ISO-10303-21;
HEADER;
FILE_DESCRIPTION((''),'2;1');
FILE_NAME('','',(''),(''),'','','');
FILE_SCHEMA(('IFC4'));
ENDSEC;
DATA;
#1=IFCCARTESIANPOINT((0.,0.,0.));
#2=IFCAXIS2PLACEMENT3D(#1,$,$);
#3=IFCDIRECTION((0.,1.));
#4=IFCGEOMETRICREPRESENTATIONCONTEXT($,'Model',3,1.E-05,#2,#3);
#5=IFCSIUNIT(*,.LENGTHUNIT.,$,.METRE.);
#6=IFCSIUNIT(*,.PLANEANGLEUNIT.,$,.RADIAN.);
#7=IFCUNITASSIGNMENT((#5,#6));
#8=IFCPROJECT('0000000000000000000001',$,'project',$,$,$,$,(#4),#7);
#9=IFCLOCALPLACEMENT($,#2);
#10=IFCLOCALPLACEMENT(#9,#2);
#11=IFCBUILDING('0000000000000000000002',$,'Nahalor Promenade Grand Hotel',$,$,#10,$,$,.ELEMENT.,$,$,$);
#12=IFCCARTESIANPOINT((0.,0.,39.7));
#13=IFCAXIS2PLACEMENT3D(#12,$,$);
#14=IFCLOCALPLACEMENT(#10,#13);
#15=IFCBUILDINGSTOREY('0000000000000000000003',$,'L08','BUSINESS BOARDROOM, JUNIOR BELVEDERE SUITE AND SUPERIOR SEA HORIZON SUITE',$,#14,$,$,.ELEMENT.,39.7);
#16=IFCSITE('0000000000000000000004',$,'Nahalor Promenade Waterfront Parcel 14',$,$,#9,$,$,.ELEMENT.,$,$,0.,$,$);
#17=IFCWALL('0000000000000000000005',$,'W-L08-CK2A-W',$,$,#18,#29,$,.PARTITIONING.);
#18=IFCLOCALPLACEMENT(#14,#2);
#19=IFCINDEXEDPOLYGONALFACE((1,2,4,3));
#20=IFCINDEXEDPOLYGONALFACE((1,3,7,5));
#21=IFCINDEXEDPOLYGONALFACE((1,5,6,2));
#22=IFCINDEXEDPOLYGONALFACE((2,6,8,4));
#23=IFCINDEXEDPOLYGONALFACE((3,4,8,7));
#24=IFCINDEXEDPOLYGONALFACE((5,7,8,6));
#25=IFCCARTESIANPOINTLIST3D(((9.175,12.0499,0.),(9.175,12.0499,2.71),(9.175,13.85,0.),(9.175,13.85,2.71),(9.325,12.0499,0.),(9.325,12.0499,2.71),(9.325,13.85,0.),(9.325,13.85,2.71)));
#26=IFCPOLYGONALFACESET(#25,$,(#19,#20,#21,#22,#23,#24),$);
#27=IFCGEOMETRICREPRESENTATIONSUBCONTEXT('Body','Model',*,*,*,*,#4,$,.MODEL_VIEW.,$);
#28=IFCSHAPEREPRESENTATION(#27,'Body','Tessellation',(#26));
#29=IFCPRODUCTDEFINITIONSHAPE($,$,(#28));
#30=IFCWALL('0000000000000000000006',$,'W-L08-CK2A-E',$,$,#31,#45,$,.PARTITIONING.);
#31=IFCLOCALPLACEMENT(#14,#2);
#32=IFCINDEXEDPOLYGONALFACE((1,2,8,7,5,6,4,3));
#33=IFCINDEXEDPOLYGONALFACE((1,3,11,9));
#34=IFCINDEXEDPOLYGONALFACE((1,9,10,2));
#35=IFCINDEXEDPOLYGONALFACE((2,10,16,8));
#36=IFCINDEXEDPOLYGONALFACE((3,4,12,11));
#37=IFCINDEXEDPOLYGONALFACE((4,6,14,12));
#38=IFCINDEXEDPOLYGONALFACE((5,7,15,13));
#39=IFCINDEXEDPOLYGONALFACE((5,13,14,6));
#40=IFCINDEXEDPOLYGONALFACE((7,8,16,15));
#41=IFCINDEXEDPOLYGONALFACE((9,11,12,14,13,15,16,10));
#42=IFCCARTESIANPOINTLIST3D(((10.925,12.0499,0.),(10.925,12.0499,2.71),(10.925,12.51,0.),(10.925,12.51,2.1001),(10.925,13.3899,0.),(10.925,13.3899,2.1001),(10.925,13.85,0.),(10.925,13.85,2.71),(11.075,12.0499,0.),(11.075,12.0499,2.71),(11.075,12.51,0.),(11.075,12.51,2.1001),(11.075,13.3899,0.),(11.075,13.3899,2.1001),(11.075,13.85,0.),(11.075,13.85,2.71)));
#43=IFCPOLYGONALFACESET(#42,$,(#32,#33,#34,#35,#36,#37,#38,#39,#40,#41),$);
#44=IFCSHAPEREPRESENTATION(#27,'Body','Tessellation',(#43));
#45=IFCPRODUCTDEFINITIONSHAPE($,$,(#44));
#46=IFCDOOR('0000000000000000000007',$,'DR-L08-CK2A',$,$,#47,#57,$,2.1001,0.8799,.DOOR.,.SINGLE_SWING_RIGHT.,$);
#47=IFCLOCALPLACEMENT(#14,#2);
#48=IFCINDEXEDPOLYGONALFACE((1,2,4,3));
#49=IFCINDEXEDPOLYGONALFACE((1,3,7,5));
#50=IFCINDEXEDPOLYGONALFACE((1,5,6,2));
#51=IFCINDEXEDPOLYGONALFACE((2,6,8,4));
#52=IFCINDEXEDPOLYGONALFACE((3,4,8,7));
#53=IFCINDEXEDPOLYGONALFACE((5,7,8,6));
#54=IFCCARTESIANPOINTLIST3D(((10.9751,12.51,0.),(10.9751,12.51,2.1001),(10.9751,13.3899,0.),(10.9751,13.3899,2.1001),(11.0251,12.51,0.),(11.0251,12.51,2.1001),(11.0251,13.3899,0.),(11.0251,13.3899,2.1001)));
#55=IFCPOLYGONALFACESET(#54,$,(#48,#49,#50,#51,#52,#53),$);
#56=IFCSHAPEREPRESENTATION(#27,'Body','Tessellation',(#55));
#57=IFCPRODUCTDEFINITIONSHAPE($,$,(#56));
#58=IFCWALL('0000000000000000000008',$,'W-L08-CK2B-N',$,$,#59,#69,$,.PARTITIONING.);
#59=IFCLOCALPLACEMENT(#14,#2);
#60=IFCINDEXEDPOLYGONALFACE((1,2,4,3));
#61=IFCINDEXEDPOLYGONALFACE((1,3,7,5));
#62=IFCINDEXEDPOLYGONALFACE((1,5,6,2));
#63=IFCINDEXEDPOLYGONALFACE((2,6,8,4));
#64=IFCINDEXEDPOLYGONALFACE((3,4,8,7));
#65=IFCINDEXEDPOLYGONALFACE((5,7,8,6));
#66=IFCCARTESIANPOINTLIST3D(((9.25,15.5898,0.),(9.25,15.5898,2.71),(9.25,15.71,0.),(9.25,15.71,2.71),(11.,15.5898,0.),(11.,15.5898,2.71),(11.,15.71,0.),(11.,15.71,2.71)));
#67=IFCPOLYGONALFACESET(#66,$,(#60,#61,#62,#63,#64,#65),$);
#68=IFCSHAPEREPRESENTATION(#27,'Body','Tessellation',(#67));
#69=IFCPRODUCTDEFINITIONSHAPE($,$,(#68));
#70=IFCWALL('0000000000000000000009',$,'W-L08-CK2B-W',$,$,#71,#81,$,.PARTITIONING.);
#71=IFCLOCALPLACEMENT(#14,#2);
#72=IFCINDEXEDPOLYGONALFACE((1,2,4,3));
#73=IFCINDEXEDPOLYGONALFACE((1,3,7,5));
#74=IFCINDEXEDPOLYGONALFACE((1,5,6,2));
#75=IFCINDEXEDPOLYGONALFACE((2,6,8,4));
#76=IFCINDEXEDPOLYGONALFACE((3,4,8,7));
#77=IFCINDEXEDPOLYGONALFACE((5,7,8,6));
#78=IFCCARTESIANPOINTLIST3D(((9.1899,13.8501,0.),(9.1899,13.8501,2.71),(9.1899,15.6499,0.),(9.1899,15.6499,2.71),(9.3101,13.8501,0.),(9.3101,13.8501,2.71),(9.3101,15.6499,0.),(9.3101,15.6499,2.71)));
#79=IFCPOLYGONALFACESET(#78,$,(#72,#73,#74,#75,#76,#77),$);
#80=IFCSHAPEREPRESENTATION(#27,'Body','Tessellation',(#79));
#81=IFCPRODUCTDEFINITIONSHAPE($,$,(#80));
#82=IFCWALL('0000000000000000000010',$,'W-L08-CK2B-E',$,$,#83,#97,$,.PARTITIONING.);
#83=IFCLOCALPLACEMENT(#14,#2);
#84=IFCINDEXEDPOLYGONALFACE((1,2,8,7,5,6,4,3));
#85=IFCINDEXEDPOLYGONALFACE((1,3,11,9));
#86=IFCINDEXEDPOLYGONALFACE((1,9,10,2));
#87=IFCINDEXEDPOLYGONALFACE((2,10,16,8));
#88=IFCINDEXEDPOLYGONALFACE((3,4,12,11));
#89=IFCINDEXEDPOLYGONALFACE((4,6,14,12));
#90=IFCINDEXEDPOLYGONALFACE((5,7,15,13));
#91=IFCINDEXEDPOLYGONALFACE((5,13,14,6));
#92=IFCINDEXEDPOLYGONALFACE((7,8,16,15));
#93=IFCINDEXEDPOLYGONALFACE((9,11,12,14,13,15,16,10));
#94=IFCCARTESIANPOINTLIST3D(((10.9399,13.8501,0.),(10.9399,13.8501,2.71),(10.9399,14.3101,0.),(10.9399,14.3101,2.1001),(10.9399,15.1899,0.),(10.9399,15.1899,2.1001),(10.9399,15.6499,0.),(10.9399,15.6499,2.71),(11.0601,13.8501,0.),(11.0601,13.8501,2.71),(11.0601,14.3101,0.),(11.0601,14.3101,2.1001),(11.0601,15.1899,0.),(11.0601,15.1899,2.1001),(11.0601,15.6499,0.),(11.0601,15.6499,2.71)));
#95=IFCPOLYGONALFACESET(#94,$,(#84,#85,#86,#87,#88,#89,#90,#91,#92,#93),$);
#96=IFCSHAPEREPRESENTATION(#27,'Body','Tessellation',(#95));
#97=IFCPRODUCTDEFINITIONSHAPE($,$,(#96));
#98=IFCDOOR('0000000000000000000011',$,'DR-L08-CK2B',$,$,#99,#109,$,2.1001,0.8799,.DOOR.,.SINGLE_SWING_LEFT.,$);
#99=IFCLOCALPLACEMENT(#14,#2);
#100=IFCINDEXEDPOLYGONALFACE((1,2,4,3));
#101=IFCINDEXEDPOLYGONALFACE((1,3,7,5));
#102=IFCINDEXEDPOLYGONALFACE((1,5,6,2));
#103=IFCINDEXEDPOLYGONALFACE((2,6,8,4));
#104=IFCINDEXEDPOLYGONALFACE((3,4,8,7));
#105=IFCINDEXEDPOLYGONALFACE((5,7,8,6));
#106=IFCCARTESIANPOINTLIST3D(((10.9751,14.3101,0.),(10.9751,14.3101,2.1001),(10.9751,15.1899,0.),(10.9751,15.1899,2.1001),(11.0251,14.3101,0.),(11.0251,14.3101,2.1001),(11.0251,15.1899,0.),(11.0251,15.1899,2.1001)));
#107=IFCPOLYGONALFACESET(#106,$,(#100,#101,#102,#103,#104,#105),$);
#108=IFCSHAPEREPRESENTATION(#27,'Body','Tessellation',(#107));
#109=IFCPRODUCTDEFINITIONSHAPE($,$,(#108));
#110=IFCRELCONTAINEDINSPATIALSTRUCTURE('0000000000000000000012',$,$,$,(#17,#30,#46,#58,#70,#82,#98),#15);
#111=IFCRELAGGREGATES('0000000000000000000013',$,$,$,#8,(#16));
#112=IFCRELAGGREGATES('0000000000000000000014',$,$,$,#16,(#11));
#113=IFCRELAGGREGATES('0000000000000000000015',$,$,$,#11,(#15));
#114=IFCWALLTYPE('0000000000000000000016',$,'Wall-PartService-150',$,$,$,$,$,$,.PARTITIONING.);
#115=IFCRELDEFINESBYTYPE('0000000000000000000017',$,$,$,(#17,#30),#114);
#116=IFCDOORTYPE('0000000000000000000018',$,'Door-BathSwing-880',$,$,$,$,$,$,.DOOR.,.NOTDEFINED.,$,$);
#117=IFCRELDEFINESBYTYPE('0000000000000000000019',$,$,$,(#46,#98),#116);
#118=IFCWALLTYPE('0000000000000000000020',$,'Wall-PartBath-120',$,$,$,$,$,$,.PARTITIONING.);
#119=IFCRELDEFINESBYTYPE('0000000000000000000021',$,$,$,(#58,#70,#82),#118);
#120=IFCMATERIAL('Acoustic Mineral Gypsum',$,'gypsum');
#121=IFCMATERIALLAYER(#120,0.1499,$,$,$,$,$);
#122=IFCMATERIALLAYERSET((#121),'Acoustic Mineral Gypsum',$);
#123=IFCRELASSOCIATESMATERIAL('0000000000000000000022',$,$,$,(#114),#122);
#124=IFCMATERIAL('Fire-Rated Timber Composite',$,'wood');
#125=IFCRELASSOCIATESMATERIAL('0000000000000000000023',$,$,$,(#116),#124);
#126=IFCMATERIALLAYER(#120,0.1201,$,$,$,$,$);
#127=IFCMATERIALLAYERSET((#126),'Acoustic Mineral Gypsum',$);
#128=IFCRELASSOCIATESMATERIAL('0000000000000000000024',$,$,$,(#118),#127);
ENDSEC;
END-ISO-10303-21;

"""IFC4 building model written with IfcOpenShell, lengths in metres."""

from ifc_helpers import new_model, si_unit, direction, frame, frame_2d, origin, place, context, subcontext, project, spatial, rectangle, extrude, source, transform, mapped, material, layer, layer_set, type_object, element, fill, save


model = new_model("IFC4")

# Units and contexts
model_context = context("Model", 3, precision=1e-05, world=origin(), true_north=direction((0.0, 1.0)))
body_context = subcontext(model_context, "Body", "Model", "MODEL_VIEW")
ifc_project = project(units=[si_unit("LENGTHUNIT", "METRE"), si_unit("PLANEANGLEUNIT", "RADIAN")], contexts=[model_context])

# Site, building, storey
site_placement = place(None, origin())
site = spatial("IfcSite", under=ifc_project, at=site_placement, Name="Nahalor Promenade Waterfront Parcel 14", CompositionType="ELEMENT", RefElevation=0.0)
building_placement = place(site_placement, origin())
building = spatial("IfcBuilding", under=site, at=building_placement, Name="Nahalor Promenade Grand Hotel", CompositionType="ELEMENT")
storey_placement = place(building_placement, frame((0.0, 0.0, 39.7)))
storey = spatial("IfcBuildingStorey", under=building, at=storey_placement, Name="L08", Description="BUSINESS BOARDROOM, JUNIOR BELVEDERE SUITE AND SUPERIOR SEA HORIZON SUITE", CompositionType="ELEMENT", Elevation=39.7)

# Wall
ifc_material_1 = material(Name="Acoustic Mineral Gypsum", Category="gypsum")
ifc_layer_1 = layer(ifc_material_1, 0.1499)
ifc_layer_set_1 = layer_set([ifc_layer_1], Name="Acoustic Mineral Gypsum")
wall_type_1 = type_object("IfcWallType", Name="Wall-PartService-150", PredefinedType="PARTITIONING", material=ifc_layer_set_1)
shared_shape_1 = source(origin(), body_context, "Body", "SweptSolid", [
    extrude(rectangle(XDim=1.8, YDim=0.1499, at=frame_2d((0.8999, 0.0))), origin(), (0.0, 0.0, 1.0), 2.71),
])
wall_1_placement = place(storey_placement, frame((9.25, 12.05, 0.0), z_axis=(0.0, 0.0, 1.0), x_axis=(0.0, 1.0, 0.0)))
element("IfcWall", 1, at=wall_1_placement, inside=storey, type_object=wall_type_1, Name="W-L08-CK2A-W", PredefinedType="PARTITIONING", context=body_context, shape_type="MappedRepresentation", body=[
    mapped(shared_shape_1, transform((0.0, 0.0, 0.0), scale=1.0)),
])

# Wall, opening, door
wall_2_placement = place(storey_placement, frame((11.0, 12.05, 0.0), z_axis=(0.0, 0.0, 1.0), x_axis=(0.0, 1.0, 0.0)))
wall_2 = element("IfcWall", 2, at=wall_2_placement, inside=storey, type_object=wall_type_1, Name="W-L08-CK2A-E", PredefinedType="PARTITIONING", context=body_context, shape_type="MappedRepresentation", body=[
    mapped(shared_shape_1, transform((0.0, 0.0, 0.0), scale=1.0)),
])
opening_1_placement = place(wall_2_placement, frame((0.46, 0.0, 0.0)))
opening_1 = element("IfcOpeningElement", 3, at=opening_1_placement, cuts=wall_2, PredefinedType="OPENING", context=body_context, shape_type="SweptSolid", body=[
    extrude(rectangle(XDim=0.8799, YDim=2.1001, at=frame_2d((0.4399, 1.05))), frame((0.0, 0.085, 0.0), z_axis=(0.0, -1.0, 0.0), x_axis=(1.0, 0.0, 0.0)), (0.0, 0.0, 1.0), 0.1699),
])
ifc_material_2 = material(Name="Fire-Rated Timber Composite", Category="wood")
door_type_1 = type_object("IfcDoorType", Name="Door-BathSwing-880", OperationType="NOTDEFINED", PredefinedType="DOOR", material=ifc_material_2)
shared_shape_2 = source(origin(), body_context, "Body", "SweptSolid", [
    extrude(rectangle(XDim=0.8799, YDim=2.1001, at=frame_2d((0.4399, 1.05))), frame((0.0, 0.0249, 0.0), z_axis=(0.0, -1.0, 0.0), x_axis=(1.0, 0.0, 0.0)), (0.0, 0.0, 1.0), 0.05),
])
door_1_placement = place(opening_1_placement, origin())
door_1 = element("IfcDoor", 4, at=door_1_placement, inside=storey, type_object=door_type_1, Name="DR-L08-CK2A", OperationType="SINGLE_SWING_RIGHT", OverallHeight=2.1001, OverallWidth=0.8799, PredefinedType="DOOR", context=body_context, shape_type="MappedRepresentation", body=[
    mapped(shared_shape_2, transform((0.0, 0.0, 0.0), scale=1.0)),
])
fill(opening_1, door_1)

# Walls
ifc_layer_2 = layer(ifc_material_1, 0.1201)
ifc_layer_set_2 = layer_set([ifc_layer_2], Name="Acoustic Mineral Gypsum")
wall_type_2 = type_object("IfcWallType", Name="Wall-PartBath-120", PredefinedType="PARTITIONING", material=ifc_layer_set_2)
shared_shape_3 = source(origin(), body_context, "Body", "SweptSolid", [
    extrude(rectangle(XDim=1.75, YDim=0.1201, at=frame_2d((0.875, 0.0))), origin(), (0.0, 0.0, 1.0), 2.71),
])
wall_3_placement = place(storey_placement, frame((9.25, 15.6499, 0.0), z_axis=(0.0, 0.0, 1.0), x_axis=(1.0, 0.0, 0.0)))
element("IfcWall", 5, at=wall_3_placement, inside=storey, type_object=wall_type_2, Name="W-L08-CK2B-N", PredefinedType="PARTITIONING", context=body_context, shape_type="MappedRepresentation", body=[
    mapped(shared_shape_3, transform((0.0, 0.0, 0.0), scale=1.0)),
])
shared_shape_4 = source(origin(), body_context, "Body", "SweptSolid", [
    extrude(rectangle(XDim=1.7998, YDim=0.1201, at=frame_2d((0.8999, 0.0))), origin(), (0.0, 0.0, 1.0), 2.71),
])
wall_4_placement = place(storey_placement, frame((9.25, 13.8501, 0.0), z_axis=(0.0, 0.0, 1.0), x_axis=(0.0, 1.0, 0.0)))
element("IfcWall", 6, at=wall_4_placement, inside=storey, type_object=wall_type_2, Name="W-L08-CK2B-W", PredefinedType="PARTITIONING", context=body_context, shape_type="MappedRepresentation", body=[
    mapped(shared_shape_4, transform((0.0, 0.0, 0.0), scale=1.0)),
])

# Wall, opening, door
wall_5_placement = place(storey_placement, frame((11.0, 13.8501, 0.0), z_axis=(0.0, 0.0, 1.0), x_axis=(0.0, 1.0, 0.0)))
wall_5 = element("IfcWall", 7, at=wall_5_placement, inside=storey, type_object=wall_type_2, Name="W-L08-CK2B-E", PredefinedType="PARTITIONING", context=body_context, shape_type="MappedRepresentation", body=[
    mapped(shared_shape_4, transform((0.0, 0.0, 0.0), scale=1.0)),
])
opening_2_placement = place(wall_5_placement, frame((0.46, 0.0, 0.0)))
opening_2 = element("IfcOpeningElement", 8, at=opening_2_placement, cuts=wall_5, PredefinedType="OPENING", context=body_context, shape_type="SweptSolid", body=[
    extrude(rectangle(XDim=0.8799, YDim=2.1001, at=frame_2d((0.4399, 1.05))), frame((0.0, 0.0701, 0.0), z_axis=(0.0, -1.0, 0.0), x_axis=(1.0, 0.0, 0.0)), (0.0, 0.0, 1.0), 0.1401),
])
door_2_placement = place(opening_2_placement, origin())
door_2 = element("IfcDoor", 9, at=door_2_placement, inside=storey, type_object=door_type_1, Name="DR-L08-CK2B", OperationType="SINGLE_SWING_LEFT", OverallHeight=2.1001, OverallWidth=0.8799, PredefinedType="DOOR", context=body_context, shape_type="MappedRepresentation", body=[
    mapped(shared_shape_2, transform((0.0, 0.0, 0.0), scale=1.0)),
])
fill(opening_2, door_2)

save(model, "model.ifc")
